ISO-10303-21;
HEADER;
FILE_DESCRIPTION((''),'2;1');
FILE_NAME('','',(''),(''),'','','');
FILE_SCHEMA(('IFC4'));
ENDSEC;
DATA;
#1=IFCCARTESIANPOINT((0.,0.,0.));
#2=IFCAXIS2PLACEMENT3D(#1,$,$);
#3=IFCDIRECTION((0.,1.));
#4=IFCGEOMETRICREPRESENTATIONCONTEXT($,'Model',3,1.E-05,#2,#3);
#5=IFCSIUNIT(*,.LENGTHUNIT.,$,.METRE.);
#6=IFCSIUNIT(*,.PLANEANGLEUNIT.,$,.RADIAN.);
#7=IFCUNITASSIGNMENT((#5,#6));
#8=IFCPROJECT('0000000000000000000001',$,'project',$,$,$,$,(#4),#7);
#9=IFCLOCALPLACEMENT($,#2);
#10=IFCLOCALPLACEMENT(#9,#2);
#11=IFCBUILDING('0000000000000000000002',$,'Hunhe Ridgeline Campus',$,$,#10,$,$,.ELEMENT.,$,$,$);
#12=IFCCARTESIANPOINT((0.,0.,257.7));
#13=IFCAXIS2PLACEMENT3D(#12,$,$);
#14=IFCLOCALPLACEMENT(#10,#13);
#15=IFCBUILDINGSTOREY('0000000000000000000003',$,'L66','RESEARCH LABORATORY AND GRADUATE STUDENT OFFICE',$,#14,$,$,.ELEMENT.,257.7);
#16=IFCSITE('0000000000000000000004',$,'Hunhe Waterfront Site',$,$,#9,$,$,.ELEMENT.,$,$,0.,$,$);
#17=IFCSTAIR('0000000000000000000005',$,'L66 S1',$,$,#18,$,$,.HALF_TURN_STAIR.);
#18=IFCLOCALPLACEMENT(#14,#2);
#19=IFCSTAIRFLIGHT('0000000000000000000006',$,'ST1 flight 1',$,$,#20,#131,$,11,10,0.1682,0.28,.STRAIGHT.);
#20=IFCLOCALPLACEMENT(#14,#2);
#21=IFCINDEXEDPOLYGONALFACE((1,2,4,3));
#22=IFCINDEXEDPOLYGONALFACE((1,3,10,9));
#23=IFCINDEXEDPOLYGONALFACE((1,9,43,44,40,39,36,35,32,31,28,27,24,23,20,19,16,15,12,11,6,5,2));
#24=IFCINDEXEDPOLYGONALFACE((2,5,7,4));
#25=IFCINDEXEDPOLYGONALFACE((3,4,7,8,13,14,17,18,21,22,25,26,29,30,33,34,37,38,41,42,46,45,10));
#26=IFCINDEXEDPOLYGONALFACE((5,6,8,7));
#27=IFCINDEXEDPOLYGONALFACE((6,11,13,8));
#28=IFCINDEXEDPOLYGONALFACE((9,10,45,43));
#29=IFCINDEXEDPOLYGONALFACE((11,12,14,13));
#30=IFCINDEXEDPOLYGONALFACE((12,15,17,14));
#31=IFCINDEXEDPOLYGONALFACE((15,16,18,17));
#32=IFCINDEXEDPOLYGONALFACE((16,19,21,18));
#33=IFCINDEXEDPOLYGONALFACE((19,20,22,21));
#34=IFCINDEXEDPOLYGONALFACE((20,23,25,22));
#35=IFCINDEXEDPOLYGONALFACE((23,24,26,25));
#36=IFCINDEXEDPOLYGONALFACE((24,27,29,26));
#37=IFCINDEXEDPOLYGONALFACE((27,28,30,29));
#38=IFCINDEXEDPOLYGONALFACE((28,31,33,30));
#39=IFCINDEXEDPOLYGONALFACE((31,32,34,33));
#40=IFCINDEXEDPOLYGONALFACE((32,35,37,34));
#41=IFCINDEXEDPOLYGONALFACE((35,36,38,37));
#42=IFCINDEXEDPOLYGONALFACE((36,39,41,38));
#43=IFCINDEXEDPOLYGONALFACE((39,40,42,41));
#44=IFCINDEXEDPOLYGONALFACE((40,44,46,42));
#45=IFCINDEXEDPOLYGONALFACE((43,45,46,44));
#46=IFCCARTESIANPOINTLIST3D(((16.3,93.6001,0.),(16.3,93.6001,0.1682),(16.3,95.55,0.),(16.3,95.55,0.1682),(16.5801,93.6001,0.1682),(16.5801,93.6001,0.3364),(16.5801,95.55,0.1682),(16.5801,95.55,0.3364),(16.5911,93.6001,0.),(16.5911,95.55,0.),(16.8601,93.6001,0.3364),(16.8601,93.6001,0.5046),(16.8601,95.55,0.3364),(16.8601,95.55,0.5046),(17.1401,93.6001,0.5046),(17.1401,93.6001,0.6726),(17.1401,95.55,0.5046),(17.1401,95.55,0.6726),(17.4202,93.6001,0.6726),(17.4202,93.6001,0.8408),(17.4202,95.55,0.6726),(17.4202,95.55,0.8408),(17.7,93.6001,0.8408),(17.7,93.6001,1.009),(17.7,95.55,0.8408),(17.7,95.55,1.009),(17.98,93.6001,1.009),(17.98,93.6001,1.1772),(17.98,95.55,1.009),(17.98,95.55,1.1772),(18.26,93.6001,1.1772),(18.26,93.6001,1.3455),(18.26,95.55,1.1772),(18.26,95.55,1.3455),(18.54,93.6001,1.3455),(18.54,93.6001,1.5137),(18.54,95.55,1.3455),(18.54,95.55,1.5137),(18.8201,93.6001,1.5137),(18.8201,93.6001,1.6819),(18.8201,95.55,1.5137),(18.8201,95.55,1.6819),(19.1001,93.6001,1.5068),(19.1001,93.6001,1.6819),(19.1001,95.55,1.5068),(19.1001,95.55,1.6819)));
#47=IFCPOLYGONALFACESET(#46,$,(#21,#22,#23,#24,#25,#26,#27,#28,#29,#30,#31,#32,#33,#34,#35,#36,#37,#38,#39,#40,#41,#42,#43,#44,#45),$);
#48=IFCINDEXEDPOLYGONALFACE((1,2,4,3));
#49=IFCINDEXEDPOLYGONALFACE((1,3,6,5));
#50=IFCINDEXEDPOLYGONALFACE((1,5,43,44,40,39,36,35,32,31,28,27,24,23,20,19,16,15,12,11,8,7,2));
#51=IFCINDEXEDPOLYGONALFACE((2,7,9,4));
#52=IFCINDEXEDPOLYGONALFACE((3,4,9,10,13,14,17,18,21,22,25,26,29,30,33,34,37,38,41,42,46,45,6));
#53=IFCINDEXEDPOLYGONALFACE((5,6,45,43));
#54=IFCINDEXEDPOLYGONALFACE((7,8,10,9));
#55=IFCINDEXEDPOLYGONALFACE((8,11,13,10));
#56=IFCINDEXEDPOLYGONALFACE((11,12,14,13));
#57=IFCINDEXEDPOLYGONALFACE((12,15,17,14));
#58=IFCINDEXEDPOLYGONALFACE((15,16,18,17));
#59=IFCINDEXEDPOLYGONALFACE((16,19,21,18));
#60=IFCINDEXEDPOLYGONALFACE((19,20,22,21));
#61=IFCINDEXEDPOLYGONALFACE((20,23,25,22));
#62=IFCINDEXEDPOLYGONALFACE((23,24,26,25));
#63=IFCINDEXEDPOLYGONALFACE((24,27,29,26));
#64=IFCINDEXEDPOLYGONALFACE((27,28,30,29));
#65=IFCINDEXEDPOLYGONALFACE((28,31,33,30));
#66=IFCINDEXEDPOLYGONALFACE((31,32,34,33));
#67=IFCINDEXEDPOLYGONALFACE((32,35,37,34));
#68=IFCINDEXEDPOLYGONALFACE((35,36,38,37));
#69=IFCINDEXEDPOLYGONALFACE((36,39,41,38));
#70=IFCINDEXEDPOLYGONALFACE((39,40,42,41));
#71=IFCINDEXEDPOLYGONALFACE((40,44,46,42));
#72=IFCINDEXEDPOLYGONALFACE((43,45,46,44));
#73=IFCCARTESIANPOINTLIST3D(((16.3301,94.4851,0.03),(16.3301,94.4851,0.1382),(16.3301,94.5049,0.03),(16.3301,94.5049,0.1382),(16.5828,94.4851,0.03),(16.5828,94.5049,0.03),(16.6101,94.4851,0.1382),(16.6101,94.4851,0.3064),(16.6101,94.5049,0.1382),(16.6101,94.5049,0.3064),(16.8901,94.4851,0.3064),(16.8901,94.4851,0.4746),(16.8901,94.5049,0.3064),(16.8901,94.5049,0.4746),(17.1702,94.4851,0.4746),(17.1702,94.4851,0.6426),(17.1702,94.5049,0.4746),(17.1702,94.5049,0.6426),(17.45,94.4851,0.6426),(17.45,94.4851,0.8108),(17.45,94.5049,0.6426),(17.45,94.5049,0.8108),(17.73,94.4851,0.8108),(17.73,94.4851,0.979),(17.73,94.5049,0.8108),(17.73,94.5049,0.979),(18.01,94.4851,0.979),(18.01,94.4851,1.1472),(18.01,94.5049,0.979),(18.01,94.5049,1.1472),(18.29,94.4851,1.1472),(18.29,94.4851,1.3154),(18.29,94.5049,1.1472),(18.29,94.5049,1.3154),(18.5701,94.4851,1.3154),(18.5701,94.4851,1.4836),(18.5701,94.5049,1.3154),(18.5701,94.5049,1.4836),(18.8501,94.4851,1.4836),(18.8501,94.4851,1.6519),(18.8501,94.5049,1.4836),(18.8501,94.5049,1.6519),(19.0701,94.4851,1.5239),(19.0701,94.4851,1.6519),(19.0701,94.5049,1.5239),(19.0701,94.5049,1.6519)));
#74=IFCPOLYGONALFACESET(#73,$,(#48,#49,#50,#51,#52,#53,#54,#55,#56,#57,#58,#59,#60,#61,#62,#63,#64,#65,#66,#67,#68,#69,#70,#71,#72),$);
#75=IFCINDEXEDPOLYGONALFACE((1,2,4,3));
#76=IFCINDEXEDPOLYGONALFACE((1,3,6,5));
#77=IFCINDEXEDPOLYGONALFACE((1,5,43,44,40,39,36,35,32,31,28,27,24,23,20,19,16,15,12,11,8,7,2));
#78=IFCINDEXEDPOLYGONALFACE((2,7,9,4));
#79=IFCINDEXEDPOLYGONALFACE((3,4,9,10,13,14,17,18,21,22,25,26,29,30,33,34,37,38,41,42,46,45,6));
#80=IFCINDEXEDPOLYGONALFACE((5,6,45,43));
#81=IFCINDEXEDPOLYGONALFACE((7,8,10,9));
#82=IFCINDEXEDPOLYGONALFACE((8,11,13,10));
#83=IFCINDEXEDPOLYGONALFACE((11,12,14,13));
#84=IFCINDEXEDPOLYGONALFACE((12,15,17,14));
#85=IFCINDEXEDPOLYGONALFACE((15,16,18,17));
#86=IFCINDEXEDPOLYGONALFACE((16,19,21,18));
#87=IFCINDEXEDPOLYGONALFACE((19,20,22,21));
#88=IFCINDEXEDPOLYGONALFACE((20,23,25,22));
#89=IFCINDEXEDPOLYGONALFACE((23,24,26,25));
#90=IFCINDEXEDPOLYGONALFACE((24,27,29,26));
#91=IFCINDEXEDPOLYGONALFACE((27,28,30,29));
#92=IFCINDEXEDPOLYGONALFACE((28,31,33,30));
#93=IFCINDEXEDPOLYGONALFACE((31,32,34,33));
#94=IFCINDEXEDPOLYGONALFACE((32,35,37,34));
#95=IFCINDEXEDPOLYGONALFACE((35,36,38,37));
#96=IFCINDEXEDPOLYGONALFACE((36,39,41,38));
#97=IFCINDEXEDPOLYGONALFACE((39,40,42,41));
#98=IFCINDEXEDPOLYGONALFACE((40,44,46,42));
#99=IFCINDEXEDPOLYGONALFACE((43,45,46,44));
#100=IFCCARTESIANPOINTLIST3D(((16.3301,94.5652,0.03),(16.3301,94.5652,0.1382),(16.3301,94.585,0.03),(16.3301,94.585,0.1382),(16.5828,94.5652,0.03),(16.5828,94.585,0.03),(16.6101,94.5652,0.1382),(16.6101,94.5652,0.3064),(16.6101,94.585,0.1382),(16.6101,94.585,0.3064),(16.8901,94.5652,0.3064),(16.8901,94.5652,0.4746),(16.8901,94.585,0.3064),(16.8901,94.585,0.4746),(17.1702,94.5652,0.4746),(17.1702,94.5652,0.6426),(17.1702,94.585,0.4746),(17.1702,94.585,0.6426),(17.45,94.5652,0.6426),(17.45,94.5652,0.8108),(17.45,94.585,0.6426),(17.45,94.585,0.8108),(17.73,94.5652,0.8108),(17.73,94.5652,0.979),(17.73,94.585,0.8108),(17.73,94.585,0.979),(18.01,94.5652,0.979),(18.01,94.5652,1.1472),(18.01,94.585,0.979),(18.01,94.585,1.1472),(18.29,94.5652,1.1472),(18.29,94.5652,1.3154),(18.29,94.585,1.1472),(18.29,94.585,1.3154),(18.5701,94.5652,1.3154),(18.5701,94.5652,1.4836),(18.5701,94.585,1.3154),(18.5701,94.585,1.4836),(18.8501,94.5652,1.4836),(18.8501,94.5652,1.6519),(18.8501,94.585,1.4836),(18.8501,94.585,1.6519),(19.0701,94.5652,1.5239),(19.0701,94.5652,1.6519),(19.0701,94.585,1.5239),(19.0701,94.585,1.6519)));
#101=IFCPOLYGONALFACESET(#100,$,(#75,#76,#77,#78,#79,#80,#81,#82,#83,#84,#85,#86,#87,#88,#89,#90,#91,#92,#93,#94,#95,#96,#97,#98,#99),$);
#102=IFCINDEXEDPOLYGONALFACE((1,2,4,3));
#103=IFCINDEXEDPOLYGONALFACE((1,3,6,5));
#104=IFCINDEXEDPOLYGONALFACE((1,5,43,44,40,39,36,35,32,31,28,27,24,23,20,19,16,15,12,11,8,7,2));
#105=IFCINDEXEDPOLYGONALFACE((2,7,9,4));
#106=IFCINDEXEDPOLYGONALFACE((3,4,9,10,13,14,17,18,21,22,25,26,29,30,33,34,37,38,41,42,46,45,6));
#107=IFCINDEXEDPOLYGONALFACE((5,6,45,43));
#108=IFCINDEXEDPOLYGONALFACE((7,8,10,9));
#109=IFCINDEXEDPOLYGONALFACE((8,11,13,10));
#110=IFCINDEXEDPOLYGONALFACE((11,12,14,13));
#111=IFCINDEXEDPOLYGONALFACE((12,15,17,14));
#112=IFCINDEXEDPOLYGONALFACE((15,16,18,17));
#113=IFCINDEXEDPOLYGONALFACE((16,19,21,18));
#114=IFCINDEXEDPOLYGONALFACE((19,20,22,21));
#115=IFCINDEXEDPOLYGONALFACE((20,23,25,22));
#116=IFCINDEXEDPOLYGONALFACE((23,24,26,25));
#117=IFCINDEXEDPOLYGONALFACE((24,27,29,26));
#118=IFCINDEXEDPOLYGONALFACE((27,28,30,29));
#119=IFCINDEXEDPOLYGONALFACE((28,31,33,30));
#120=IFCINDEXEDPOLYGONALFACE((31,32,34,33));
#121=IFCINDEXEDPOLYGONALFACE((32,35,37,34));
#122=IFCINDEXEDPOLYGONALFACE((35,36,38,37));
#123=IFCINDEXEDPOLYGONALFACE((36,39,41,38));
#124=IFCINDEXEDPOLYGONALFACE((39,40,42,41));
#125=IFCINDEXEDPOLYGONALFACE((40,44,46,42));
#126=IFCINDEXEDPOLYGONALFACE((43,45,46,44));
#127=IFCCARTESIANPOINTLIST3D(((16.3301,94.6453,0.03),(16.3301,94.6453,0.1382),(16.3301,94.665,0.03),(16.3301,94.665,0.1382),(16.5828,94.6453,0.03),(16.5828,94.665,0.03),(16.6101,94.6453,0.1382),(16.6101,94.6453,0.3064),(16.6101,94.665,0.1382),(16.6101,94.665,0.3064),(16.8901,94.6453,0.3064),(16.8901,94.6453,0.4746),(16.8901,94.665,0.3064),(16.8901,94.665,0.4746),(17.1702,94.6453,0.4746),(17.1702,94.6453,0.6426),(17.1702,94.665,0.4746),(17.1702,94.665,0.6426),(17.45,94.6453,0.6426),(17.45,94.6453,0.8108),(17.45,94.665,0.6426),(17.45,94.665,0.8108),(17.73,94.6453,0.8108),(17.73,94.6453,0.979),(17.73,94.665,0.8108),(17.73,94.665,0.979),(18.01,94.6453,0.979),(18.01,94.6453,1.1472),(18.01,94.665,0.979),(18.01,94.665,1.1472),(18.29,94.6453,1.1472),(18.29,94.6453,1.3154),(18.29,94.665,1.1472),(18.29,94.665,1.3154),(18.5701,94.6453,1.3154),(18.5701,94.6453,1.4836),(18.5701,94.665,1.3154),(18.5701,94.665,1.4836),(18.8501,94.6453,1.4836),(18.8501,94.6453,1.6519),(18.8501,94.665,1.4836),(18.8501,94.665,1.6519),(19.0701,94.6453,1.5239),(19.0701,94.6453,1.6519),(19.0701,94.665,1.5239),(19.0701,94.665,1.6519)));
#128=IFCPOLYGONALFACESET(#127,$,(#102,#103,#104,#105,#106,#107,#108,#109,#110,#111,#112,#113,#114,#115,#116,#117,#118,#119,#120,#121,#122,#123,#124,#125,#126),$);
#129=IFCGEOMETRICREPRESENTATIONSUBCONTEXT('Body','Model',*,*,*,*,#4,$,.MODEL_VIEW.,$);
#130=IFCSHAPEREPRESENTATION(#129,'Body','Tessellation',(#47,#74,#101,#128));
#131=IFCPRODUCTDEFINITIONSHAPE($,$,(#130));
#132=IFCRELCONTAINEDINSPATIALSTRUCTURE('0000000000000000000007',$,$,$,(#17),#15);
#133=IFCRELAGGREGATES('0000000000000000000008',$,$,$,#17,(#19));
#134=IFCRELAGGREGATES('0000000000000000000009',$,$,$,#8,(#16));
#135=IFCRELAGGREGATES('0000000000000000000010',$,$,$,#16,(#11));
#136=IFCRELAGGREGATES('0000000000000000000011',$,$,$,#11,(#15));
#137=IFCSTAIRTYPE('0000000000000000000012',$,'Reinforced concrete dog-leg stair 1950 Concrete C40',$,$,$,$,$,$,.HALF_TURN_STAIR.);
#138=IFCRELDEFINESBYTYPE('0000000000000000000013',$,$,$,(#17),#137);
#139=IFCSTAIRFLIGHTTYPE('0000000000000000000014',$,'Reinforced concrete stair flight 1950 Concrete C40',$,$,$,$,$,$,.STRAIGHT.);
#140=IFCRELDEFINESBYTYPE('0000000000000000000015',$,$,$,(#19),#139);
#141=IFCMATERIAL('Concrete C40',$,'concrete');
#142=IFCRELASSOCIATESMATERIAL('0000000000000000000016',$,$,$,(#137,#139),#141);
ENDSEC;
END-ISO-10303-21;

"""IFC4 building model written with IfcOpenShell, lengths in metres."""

from ifc_helpers import new_model, si_unit, direction, frame, origin, place, context, subcontext, project, spatial, polyline, outline, extrude, material, type_object, element, aggregate, save


model = new_model("IFC4")

# Units and contexts
model_context = context("Model", 3, precision=1e-05, world=origin(), true_north=direction((0.0, 1.0)))
body_context = subcontext(model_context, "Body", "Model", "MODEL_VIEW")
ifc_project = project(units=[si_unit("LENGTHUNIT", "METRE"), si_unit("PLANEANGLEUNIT", "RADIAN")], contexts=[model_context])

# Site, building, storey
site_placement = place(None, origin())
site = spatial("IfcSite", under=ifc_project, at=site_placement, Name="Hunhe Waterfront Site", CompositionType="ELEMENT", RefElevation=0.0)
building_placement = place(site_placement, origin())
building = spatial("IfcBuilding", under=site, at=building_placement, Name="Hunhe Ridgeline Campus", CompositionType="ELEMENT")
storey_placement = place(building_placement, frame((0.0, 0.0, 257.7)))
storey = spatial("IfcBuildingStorey", under=building, at=storey_placement, Name="L66", Description="RESEARCH LABORATORY AND GRADUATE STUDENT OFFICE", CompositionType="ELEMENT", Elevation=257.7)

# Stair, stair flight
ifc_material_1 = material(Name="Concrete C40", Category="concrete")
stair_type = type_object("IfcStairType", Name="Reinforced concrete dog-leg stair 1950 Concrete C40", PredefinedType="HALF_TURN_STAIR", material=ifc_material_1)
stair_placement = place(storey_placement, origin())
stair = element("IfcStair", 1, at=stair_placement, inside=storey, type_object=stair_type, Name="L66 S1", PredefinedType="HALF_TURN_STAIR")
stair_flight_type = type_object("IfcStairFlightType", Name="Reinforced concrete stair flight 1950 Concrete C40", PredefinedType="STRAIGHT", material=ifc_material_1)
stair_flight_1_placement = place(storey_placement, frame((16.3, 94.575, 0.0), z_axis=(0.0, 0.0, 1.0), x_axis=(1.0, 0.0, 0.0)))
stair_flight_1 = element("IfcStairFlight", 2, at=stair_flight_1_placement, type_object=stair_flight_type, Name="ST1 flight 1", NumberOfRisers=11, NumberOfTreads=10, PredefinedType="STRAIGHT", RiserHeight=0.1682, TreadLength=0.28, context=body_context, shape_type="SweptSolid", body=[
    extrude(outline(polyline([(0.0, 0.0), (0.0, 0.1682), (0.28, 0.1682), (0.28, 0.3364), (0.5601, 0.3364), (0.5601, 0.5046), (0.8401, 0.5046), (0.8401, 0.6726), (1.1201, 0.6726), (1.1201, 0.8408), (1.3999, 0.8408), (1.3999, 1.009), (1.6799, 1.009), (1.6799, 1.1772), (1.96, 1.1772), (1.96, 1.3455), (2.24, 1.3455), (2.24, 1.5137), (2.52, 1.5137), (2.52, 1.6819), (2.8, 1.6819), (2.8, 1.8501), (2.8, 1.5068), (0.291, 0.0), (0.0, 0.0)])), frame((0.0, 0.9751, 0.0), z_axis=(0.0, -1.0, 0.0), x_axis=(1.0, 0.0, 0.0)), (0.0, 0.0, 1.0), 1.95),
    extrude(outline(polyline([(0.03, 0.03), (0.03, 0.1382), (0.3101, 0.1382), (0.3101, 0.3064), (0.5901, 0.3064), (0.5901, 0.4746), (0.8701, 0.4746), (0.8701, 0.6426), (1.1499, 0.6426), (1.1499, 0.8108), (1.4299, 0.8108), (1.4299, 0.979), (1.71, 0.979), (1.71, 1.1472), (1.99, 1.1472), (1.99, 1.3154), (2.27, 1.3154), (2.27, 1.4836), (2.55, 1.4836), (2.55, 1.6519), (2.77, 1.6519), (2.77, 1.5239), (0.2827, 0.03), (0.03, 0.03)])), frame((0.0, -0.0701, 0.0), z_axis=(0.0, -1.0, 0.0), x_axis=(1.0, 0.0, 0.0)), (0.0, 0.0, 1.0), 0.0198),
    extrude(outline(polyline([(0.03, 0.03), (0.03, 0.1382), (0.3101, 0.1382), (0.3101, 0.3064), (0.5901, 0.3064), (0.5901, 0.4746), (0.8701, 0.4746), (0.8701, 0.6426), (1.1499, 0.6426), (1.1499, 0.8108), (1.4299, 0.8108), (1.4299, 0.979), (1.71, 0.979), (1.71, 1.1472), (1.99, 1.1472), (1.99, 1.3154), (2.27, 1.3154), (2.27, 1.4836), (2.55, 1.4836), (2.55, 1.6519), (2.77, 1.6519), (2.77, 1.5239), (0.2827, 0.03), (0.03, 0.03)])), frame((0.0, 0.01, 0.0), z_axis=(0.0, -1.0, 0.0), x_axis=(1.0, 0.0, 0.0)), (0.0, 0.0, 1.0), 0.0198),
    extrude(outline(polyline([(0.03, 0.03), (0.03, 0.1382), (0.3101, 0.1382), (0.3101, 0.3064), (0.5901, 0.3064), (0.5901, 0.4746), (0.8701, 0.4746), (0.8701, 0.6426), (1.1499, 0.6426), (1.1499, 0.8108), (1.4299, 0.8108), (1.4299, 0.979), (1.71, 0.979), (1.71, 1.1472), (1.99, 1.1472), (1.99, 1.3154), (2.27, 1.3154), (2.27, 1.4836), (2.55, 1.4836), (2.55, 1.6519), (2.77, 1.6519), (2.77, 1.5239), (0.2827, 0.03), (0.03, 0.03)])), frame((0.0, 0.0901, 0.0), z_axis=(0.0, -1.0, 0.0), x_axis=(1.0, 0.0, 0.0)), (0.0, 0.0, 1.0), 0.0198),
])
aggregate(stair, [stair_flight_1])

save(model, "model.ifc")
